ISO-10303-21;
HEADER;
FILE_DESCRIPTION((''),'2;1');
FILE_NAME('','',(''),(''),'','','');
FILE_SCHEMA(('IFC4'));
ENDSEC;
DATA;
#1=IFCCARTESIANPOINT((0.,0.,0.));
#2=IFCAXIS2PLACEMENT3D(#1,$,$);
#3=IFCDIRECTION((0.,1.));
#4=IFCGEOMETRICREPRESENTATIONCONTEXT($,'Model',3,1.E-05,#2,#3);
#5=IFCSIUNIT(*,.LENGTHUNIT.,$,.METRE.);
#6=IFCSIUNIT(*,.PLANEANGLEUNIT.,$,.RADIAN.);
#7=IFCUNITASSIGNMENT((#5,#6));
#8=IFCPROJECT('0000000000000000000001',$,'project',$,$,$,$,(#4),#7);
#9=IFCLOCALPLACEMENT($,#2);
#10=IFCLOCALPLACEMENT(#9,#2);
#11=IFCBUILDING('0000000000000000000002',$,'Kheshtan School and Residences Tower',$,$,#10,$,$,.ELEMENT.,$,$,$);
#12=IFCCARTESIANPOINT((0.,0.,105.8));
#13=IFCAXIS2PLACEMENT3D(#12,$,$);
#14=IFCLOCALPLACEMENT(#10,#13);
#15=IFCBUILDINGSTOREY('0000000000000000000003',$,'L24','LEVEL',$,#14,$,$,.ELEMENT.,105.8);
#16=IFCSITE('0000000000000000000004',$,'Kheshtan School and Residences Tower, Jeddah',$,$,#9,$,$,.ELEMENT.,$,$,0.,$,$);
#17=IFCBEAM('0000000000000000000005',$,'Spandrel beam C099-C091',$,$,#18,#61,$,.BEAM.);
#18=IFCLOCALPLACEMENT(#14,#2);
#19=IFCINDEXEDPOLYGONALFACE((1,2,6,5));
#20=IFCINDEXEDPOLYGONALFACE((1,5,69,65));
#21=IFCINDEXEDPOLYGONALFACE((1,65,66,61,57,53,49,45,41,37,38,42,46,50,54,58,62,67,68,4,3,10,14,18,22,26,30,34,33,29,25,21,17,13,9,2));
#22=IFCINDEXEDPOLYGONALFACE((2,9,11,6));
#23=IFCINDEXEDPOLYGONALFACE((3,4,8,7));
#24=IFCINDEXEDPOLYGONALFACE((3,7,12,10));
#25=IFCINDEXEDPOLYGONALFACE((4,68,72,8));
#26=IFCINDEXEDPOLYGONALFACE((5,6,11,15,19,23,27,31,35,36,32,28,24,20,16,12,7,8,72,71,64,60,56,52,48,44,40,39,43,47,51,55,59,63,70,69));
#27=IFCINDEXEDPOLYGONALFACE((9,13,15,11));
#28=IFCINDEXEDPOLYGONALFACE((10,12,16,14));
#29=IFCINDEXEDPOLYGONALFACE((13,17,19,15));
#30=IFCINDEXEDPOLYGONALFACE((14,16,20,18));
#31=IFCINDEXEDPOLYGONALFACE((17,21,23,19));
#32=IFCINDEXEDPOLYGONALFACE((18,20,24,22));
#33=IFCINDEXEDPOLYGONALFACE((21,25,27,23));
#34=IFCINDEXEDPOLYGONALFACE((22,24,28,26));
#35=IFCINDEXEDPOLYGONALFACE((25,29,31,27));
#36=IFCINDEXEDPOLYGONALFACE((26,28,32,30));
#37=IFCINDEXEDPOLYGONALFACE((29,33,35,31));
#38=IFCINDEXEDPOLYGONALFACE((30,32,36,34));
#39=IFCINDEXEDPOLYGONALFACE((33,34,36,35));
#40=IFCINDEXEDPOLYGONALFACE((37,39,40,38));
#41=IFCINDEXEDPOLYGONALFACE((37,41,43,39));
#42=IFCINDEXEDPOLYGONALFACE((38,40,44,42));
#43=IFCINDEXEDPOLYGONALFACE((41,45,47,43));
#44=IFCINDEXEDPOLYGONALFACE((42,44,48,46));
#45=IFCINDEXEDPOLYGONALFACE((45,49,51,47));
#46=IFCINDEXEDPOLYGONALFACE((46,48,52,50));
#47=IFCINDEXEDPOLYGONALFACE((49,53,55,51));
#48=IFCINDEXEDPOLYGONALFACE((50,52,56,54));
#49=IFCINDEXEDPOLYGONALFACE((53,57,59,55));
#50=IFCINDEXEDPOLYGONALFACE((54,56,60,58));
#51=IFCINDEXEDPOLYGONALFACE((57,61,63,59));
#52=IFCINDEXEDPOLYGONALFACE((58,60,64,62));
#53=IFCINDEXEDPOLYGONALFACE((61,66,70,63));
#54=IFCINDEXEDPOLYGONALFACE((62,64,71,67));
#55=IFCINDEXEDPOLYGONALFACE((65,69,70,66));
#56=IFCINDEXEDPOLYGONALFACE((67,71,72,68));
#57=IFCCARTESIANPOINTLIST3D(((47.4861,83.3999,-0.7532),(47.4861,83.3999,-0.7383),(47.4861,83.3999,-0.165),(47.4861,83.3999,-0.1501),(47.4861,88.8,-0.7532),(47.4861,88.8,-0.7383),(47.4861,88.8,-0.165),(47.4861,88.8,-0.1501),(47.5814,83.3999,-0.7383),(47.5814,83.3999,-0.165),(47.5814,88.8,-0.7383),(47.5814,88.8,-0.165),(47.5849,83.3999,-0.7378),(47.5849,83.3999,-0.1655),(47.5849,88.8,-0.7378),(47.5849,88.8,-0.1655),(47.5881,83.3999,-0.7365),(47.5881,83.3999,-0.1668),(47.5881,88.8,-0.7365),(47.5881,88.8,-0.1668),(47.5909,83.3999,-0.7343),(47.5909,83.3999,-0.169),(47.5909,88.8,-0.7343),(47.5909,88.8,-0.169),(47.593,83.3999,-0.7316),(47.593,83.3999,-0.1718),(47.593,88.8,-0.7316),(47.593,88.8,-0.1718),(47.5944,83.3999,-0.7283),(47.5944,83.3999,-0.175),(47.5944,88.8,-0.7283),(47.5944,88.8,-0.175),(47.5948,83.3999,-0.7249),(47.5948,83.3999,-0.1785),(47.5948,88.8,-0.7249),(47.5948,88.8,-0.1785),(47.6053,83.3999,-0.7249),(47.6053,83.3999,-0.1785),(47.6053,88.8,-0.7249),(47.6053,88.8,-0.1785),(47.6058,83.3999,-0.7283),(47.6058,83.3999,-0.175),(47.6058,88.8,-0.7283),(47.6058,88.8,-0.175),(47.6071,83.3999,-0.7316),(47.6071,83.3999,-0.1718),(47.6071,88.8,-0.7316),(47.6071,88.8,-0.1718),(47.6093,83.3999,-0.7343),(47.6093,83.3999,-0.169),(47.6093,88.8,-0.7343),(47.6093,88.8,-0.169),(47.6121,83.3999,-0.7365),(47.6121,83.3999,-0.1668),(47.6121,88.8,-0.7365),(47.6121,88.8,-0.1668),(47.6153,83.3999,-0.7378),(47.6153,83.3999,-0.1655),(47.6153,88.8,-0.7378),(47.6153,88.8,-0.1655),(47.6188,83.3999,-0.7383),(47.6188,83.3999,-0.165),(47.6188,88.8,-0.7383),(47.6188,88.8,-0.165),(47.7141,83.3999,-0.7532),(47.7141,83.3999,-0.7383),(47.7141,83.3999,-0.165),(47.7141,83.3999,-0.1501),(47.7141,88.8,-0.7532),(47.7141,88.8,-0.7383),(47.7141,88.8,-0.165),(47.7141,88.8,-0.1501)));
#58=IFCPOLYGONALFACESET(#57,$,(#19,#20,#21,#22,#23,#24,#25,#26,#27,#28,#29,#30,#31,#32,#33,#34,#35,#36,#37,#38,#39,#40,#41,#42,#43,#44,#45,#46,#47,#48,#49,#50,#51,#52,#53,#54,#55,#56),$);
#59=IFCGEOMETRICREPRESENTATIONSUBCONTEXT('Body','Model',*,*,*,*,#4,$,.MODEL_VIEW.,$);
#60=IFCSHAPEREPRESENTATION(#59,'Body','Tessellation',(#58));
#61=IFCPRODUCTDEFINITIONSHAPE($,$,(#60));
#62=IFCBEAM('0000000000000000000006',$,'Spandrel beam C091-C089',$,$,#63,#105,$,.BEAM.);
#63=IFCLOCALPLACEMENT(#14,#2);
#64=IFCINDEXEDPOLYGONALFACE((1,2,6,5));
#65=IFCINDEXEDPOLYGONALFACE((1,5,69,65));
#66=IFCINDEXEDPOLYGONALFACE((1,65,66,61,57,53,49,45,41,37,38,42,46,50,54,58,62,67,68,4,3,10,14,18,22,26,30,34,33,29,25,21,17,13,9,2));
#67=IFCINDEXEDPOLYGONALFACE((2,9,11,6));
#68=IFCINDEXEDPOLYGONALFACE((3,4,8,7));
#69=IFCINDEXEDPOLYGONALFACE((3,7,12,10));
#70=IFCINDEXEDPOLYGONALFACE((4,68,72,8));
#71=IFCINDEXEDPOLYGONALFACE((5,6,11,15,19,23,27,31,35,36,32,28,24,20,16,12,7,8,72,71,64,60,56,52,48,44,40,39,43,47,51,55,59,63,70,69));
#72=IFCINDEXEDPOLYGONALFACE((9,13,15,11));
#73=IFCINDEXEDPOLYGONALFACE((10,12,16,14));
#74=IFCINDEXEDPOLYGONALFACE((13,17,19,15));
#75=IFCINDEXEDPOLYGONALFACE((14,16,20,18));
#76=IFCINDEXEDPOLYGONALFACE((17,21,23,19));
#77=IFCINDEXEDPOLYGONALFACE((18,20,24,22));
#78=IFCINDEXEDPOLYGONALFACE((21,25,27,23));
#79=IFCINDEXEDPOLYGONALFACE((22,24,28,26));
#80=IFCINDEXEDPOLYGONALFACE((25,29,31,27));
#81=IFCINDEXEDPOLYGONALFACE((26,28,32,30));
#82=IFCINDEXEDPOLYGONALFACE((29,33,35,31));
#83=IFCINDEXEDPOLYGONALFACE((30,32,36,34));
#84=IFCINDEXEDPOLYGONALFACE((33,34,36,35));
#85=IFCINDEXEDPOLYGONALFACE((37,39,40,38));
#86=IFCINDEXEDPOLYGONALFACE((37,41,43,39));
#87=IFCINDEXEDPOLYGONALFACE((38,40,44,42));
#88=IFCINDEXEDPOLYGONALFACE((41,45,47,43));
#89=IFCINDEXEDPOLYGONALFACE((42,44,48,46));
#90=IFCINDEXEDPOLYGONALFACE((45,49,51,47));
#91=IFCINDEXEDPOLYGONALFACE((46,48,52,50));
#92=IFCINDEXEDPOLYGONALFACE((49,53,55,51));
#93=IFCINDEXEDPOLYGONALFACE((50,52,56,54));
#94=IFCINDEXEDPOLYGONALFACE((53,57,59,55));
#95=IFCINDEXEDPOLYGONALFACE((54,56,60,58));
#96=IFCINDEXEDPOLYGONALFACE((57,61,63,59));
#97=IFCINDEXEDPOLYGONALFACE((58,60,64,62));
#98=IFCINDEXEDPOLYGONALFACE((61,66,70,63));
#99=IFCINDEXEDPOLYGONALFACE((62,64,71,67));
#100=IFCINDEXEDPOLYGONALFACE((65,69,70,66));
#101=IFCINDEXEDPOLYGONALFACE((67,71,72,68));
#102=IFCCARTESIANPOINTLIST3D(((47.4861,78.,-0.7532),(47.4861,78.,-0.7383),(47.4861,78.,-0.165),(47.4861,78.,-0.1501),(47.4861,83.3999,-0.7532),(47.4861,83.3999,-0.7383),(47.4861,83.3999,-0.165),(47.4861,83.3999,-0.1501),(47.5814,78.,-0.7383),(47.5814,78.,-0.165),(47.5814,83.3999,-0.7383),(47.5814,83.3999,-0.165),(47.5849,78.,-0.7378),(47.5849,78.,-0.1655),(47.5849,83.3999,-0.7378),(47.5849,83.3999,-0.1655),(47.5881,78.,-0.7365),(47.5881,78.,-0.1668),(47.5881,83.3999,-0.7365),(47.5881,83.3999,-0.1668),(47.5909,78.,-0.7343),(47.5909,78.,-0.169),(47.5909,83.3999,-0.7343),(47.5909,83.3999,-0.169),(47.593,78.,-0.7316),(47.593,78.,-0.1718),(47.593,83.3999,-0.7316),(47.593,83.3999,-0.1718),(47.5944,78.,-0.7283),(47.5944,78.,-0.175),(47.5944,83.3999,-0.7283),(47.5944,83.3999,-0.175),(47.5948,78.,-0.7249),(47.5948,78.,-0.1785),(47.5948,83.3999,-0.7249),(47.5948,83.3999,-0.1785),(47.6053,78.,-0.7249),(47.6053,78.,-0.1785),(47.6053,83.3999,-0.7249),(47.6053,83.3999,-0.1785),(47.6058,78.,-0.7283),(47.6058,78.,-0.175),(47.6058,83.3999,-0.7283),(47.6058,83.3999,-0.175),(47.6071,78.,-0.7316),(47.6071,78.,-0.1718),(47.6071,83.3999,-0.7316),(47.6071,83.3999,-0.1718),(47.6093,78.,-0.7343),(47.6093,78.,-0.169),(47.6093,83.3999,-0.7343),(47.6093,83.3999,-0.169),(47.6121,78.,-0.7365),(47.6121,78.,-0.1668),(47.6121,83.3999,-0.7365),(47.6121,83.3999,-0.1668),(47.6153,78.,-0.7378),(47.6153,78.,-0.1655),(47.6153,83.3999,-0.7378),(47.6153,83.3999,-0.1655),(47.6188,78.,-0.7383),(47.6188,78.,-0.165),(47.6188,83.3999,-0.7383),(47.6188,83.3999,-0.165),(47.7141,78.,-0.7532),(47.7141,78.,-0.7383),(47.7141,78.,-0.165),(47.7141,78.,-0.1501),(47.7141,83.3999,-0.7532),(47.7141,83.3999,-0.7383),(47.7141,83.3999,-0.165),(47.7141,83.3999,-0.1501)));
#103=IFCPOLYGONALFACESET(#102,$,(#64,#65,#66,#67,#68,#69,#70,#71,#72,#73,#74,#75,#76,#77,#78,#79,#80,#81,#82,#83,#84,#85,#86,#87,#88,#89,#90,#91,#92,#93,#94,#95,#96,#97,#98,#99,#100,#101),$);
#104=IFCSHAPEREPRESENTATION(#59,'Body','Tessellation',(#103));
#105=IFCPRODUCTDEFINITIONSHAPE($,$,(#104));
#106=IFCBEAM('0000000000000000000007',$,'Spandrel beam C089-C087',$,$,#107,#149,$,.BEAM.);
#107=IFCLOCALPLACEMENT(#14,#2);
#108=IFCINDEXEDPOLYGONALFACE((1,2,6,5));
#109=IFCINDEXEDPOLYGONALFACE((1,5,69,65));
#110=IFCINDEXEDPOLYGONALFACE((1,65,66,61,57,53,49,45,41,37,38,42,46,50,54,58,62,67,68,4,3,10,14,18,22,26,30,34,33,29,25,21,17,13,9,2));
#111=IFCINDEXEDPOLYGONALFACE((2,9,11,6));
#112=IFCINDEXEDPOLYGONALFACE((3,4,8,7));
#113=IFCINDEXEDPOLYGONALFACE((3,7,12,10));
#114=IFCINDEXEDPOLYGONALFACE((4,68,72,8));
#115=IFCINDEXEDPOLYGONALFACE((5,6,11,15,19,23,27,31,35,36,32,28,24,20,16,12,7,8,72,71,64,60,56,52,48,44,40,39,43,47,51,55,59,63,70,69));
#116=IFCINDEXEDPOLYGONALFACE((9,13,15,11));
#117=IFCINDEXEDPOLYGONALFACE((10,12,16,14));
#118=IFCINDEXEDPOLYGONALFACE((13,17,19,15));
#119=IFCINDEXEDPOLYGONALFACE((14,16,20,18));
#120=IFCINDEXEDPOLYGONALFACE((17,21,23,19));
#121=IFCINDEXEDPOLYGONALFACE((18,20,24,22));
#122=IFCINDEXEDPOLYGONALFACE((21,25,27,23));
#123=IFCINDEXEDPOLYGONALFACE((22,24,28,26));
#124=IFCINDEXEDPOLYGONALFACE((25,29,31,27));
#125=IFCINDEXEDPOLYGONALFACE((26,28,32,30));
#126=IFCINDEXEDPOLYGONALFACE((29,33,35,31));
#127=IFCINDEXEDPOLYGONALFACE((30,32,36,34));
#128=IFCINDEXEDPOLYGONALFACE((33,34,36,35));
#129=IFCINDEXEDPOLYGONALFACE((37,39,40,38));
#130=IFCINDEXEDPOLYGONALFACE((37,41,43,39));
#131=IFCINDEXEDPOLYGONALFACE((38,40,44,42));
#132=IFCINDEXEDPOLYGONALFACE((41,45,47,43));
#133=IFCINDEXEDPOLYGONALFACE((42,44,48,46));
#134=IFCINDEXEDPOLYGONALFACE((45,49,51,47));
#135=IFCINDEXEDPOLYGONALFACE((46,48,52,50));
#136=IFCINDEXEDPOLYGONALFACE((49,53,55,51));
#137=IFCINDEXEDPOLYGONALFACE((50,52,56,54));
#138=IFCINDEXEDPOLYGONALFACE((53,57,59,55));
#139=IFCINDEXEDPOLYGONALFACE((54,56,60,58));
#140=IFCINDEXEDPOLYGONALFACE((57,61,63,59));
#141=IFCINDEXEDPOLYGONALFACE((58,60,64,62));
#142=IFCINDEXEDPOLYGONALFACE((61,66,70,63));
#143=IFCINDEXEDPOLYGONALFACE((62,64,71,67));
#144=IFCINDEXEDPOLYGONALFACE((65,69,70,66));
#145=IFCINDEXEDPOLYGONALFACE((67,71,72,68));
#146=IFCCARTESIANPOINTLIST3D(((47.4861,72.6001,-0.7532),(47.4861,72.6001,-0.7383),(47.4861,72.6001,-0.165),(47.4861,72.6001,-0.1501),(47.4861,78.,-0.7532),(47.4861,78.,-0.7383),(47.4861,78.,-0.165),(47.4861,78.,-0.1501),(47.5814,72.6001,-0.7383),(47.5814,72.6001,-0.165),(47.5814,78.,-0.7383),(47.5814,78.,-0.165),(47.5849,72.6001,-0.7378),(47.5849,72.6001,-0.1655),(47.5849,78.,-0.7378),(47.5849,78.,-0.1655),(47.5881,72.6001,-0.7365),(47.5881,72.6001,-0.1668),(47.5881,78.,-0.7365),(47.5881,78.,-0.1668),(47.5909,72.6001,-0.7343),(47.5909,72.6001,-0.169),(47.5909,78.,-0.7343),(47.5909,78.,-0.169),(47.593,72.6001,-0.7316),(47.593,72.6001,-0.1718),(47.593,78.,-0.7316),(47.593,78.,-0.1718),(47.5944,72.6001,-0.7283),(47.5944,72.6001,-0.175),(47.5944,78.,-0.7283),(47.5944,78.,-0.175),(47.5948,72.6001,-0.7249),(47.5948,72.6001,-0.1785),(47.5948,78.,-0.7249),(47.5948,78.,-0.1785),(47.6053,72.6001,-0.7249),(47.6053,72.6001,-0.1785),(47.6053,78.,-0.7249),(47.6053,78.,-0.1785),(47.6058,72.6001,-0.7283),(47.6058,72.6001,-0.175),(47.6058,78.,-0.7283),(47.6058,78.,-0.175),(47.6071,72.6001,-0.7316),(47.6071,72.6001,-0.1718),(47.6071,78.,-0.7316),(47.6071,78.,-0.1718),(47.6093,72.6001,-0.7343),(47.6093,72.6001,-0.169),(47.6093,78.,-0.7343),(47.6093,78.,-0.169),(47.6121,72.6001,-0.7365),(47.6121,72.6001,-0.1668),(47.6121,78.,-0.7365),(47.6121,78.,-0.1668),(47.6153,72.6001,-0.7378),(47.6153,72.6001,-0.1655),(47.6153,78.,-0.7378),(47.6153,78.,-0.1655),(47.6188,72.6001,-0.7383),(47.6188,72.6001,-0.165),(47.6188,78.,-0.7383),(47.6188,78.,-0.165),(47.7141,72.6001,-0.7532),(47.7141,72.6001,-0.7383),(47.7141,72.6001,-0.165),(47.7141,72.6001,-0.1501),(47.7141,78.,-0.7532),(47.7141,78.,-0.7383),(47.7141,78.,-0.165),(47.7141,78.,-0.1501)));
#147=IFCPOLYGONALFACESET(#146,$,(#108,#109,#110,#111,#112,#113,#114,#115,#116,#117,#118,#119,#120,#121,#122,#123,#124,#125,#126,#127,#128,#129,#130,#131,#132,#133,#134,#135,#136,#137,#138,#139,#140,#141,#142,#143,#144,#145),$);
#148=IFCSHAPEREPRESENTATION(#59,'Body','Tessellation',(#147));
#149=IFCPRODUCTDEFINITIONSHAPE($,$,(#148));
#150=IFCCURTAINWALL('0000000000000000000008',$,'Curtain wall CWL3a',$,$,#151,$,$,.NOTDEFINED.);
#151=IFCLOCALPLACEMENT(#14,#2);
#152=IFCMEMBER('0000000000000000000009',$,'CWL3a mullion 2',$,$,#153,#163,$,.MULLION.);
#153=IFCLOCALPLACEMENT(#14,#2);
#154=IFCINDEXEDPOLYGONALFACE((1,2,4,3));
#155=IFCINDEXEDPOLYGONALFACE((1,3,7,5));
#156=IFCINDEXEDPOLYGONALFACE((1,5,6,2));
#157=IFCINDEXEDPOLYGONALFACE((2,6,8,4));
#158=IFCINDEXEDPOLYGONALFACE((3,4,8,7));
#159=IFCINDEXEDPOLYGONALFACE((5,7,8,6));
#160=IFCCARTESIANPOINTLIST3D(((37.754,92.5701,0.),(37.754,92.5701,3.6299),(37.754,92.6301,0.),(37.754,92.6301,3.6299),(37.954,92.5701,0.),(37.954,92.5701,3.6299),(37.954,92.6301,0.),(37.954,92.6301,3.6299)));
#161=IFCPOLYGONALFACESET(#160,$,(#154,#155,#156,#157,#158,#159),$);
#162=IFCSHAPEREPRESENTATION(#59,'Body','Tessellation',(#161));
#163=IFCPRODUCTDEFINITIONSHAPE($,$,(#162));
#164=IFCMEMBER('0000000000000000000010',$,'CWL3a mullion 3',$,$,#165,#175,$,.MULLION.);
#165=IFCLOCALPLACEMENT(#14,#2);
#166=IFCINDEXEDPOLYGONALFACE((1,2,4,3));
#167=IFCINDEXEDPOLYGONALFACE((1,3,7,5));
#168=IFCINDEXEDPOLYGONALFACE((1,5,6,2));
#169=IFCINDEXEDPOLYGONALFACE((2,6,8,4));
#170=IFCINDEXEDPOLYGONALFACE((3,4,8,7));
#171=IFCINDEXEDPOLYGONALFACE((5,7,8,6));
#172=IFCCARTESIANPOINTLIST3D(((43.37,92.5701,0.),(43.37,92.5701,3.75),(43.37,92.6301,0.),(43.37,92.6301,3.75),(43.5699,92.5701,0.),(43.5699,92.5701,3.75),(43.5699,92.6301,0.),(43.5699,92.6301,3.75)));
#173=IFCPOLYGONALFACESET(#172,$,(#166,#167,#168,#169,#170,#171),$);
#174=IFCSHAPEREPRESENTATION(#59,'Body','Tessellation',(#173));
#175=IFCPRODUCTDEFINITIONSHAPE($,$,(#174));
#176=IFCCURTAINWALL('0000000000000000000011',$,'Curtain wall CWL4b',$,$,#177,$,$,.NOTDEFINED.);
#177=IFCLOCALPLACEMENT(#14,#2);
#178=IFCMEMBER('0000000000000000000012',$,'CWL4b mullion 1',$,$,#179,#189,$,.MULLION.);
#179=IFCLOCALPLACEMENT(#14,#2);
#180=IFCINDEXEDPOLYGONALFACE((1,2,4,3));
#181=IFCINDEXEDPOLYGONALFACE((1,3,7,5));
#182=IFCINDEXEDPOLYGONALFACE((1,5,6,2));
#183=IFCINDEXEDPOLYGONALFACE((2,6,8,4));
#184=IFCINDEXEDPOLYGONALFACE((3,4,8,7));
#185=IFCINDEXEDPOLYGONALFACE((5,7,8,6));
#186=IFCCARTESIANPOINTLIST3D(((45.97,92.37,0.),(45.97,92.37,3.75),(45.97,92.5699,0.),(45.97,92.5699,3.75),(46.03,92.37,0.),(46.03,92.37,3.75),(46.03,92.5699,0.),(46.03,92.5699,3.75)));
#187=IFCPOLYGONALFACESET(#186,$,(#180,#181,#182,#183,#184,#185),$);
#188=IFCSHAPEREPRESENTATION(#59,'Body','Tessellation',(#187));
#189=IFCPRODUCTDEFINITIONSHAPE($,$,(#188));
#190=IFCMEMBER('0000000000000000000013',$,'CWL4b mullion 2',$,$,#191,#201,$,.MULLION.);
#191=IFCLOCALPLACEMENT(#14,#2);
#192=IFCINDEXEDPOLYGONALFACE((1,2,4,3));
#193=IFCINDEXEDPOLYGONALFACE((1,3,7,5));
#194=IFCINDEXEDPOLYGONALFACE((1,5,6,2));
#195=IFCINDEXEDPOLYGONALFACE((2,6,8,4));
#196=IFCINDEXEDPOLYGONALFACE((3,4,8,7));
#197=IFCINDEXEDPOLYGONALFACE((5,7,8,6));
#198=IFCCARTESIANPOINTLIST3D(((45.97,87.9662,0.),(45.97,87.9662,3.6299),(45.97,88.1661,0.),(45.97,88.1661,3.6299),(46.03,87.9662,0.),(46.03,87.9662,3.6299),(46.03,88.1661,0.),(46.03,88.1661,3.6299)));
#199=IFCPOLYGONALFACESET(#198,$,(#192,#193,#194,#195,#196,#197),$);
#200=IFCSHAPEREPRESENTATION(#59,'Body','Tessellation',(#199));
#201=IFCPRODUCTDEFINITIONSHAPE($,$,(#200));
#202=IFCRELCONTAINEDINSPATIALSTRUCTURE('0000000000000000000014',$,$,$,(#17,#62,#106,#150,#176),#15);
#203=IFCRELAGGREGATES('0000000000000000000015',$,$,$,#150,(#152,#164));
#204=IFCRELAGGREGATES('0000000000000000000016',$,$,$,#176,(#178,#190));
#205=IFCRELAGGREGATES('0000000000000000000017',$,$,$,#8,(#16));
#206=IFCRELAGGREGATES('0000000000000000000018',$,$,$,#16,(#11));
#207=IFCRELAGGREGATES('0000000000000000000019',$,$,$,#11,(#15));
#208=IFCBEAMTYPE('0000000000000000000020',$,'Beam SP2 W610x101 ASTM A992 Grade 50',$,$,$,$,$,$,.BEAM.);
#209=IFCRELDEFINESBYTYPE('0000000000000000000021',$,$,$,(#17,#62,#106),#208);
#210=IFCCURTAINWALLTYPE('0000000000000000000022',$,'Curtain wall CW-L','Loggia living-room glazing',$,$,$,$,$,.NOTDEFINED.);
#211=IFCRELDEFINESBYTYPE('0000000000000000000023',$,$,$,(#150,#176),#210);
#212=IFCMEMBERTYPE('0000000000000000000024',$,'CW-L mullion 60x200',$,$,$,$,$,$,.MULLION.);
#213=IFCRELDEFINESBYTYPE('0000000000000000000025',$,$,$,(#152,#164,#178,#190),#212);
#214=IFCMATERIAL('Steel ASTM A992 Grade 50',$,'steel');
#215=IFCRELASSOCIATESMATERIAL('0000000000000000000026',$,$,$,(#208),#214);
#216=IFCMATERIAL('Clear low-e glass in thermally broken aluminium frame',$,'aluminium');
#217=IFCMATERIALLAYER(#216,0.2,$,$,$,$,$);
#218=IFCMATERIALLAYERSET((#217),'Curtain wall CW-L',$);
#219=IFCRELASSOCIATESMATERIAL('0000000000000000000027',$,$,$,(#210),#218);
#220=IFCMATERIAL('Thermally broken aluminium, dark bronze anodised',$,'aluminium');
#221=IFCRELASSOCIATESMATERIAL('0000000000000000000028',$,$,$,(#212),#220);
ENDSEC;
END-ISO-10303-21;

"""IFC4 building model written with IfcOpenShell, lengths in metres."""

from ifc_helpers import new_model, si_unit, direction, frame, origin, origin_2d, place, context, subcontext, project, spatial, rectangle, i_section, extrude, material, layer, layer_set, material_profile, profile_set, type_object, element, aggregate, save


model = new_model("IFC4")

# Units and contexts
model_context = context("Model", 3, precision=1e-05, world=origin(), true_north=direction((0.0, 1.0)))
body_context = subcontext(model_context, "Body", "Model", "MODEL_VIEW")
ifc_project = project(units=[si_unit("LENGTHUNIT", "METRE"), si_unit("PLANEANGLEUNIT", "RADIAN")], contexts=[model_context])

# Site, building, storey
site_placement = place(None, origin())
site = spatial("IfcSite", under=ifc_project, at=site_placement, Name="Kheshtan School and Residences Tower, Jeddah", CompositionType="ELEMENT", RefElevation=0.0)
building_placement = place(site_placement, origin())
building = spatial("IfcBuilding", under=site, at=building_placement, Name="Kheshtan School and Residences Tower", CompositionType="ELEMENT")
storey_placement = place(building_placement, frame((0.0, 0.0, 105.8)))
storey = spatial("IfcBuildingStorey", under=building, at=storey_placement, Name="L24", Description="LEVEL", CompositionType="ELEMENT", Elevation=105.8)

# Shared definitions
ifc_material_1 = material(Name="Steel ASTM A992 Grade 50", Category="steel")

# Beams
ifc_material_profile_1 = material_profile(ifc_material_1, i_section(OverallWidth=0.228, OverallDepth=0.603, WebThickness=0.0105, FlangeThickness=0.0149, FilletRadius=0.0134, at=origin_2d()), Name="W610x101")
ifc_profile_set_1 = profile_set([ifc_material_profile_1], Name="Steel ASTM A992 Grade 50")
beam_type_1 = type_object("IfcBeamType", Name="Beam SP2 W610x101 ASTM A992 Grade 50", PredefinedType="BEAM", material=ifc_profile_set_1)
beam_1_placement = place(storey_placement, frame((47.6001, 88.8, -0.4517), z_axis=(0.0, -1.0, 0.0), x_axis=(1.0, 0.0, 0.0)))
element("IfcBeam", 1, at=beam_1_placement, inside=storey, type_object=beam_type_1, Name="Spandrel beam C099-C091", PredefinedType="BEAM", context=body_context, shape_type="SweptSolid", body=[
    extrude(i_section(OverallWidth=0.228, OverallDepth=0.603, WebThickness=0.0105, FlangeThickness=0.0149, FilletRadius=0.0134, at=origin_2d()), origin(), (0.0, 0.0, 1.0), 5.4001),
])
for number, where, z_axis, x_axis, name in (
    (2, (47.6001, 83.3999, -0.4517), (0.0, -1.0, 0.0), (1.0, 0.0, 0.0), "Spandrel beam C091-C089"),
    (3, (47.6001, 78.0, -0.4517), (0.0, -1.0, 0.0), (1.0, 0.0, 0.0), "Spandrel beam C089-C087"),
):
    element("IfcBeam", number, at=place(storey_placement, frame(where, z_axis=z_axis, x_axis=x_axis)), inside=storey, type_object=beam_type_1, Name=name, PredefinedType="BEAM", context=body_context, shape_type="SweptSolid", body=[
        extrude(i_section(OverallWidth=0.228, OverallDepth=0.603, WebThickness=0.0105, FlangeThickness=0.0149, FilletRadius=0.0134, at=origin_2d()), origin(), (0.0, 0.0, 1.0), 5.3999),
    ])

# Curtain walls, members
ifc_material_2 = material(Name="Clear low-e glass in thermally broken aluminium frame", Category="aluminium")
ifc_layer_1 = layer(ifc_material_2, 0.2)
ifc_layer_set_1 = layer_set([ifc_layer_1], Name="Curtain wall CW-L")
curtain_wall_type = type_object("IfcCurtainWallType", Name="Curtain wall CW-L", Description="Loggia living-room glazing", PredefinedType="NOTDEFINED", material=ifc_layer_set_1)
curtain_wall_1_placement = place(storey_placement, origin())
curtain_wall_1 = element("IfcCurtainWall", 4, at=curtain_wall_1_placement, inside=storey, type_object=curtain_wall_type, Name="Curtain wall CWL3a", PredefinedType="NOTDEFINED")
ifc_material_3 = material(Name="Thermally broken aluminium, dark bronze anodised", Category="aluminium")
ifc_material_profile_2 = material_profile(ifc_material_3, rectangle(XDim=0.0601, YDim=0.2, at=origin_2d()), Name="CW-L mullion 60x200")
ifc_profile_set_2 = profile_set([ifc_material_profile_2], Name="Thermally broken aluminium, dark bronze anodised")
member_type_1 = type_object("IfcMemberType", Name="CW-L mullion 60x200", PredefinedType="MULLION", material=ifc_profile_set_2)
member_1_placement = place(storey_placement, frame((37.854, 92.6001, 0.0), z_axis=(0.0, 0.0, 1.0), x_axis=(0.0, 1.0, 0.0)))
member_1 = element("IfcMember", 5, at=member_1_placement, type_object=member_type_1, Name="CWL3a mullion 2", PredefinedType="MULLION", context=body_context, shape_type="SweptSolid", body=[
    extrude(rectangle(XDim=0.0601, YDim=0.2, at=origin_2d()), origin(), (0.0, 0.0, 1.0), 3.6299),
])
member_2_placement = place(storey_placement, frame((43.47, 92.6001, 0.0), z_axis=(0.0, 0.0, 1.0), x_axis=(0.0, 1.0, 0.0)))
member_2 = element("IfcMember", 6, at=member_2_placement, type_object=member_type_1, Name="CWL3a mullion 3", PredefinedType="MULLION", context=body_context, shape_type="SweptSolid", body=[
    extrude(rectangle(XDim=0.0601, YDim=0.2, at=origin_2d()), origin(), (0.0, 0.0, 1.0), 3.75),
])
curtain_wall_2_placement = place(storey_placement, origin())
curtain_wall_2 = element("IfcCurtainWall", 7, at=curtain_wall_2_placement, inside=storey, type_object=curtain_wall_type, Name="Curtain wall CWL4b", PredefinedType="NOTDEFINED")
member_3_placement = place(storey_placement, frame((46.0, 92.47, 0.0), z_axis=(0.0, 0.0, 1.0), x_axis=(1.0, 0.0, 0.0)))
member_3 = element("IfcMember", 8, at=member_3_placement, type_object=member_type_1, Name="CWL4b mullion 1", PredefinedType="MULLION", context=body_context, shape_type="SweptSolid", body=[
    extrude(rectangle(XDim=0.0601, YDim=0.2, at=origin_2d()), origin(), (0.0, 0.0, 1.0), 3.75),
])
member_4_placement = place(storey_placement, frame((46.0, 88.0662, 0.0), z_axis=(0.0, 0.0, 1.0), x_axis=(1.0, 0.0, 0.0)))
member_4 = element("IfcMember", 9, at=member_4_placement, type_object=member_type_1, Name="CWL4b mullion 2", PredefinedType="MULLION", context=body_context, shape_type="SweptSolid", body=[
    extrude(rectangle(XDim=0.0601, YDim=0.2, at=origin_2d()), origin(), (0.0, 0.0, 1.0), 3.6299),
])

aggregate(curtain_wall_1, [member_1, member_2])
aggregate(curtain_wall_2, [member_3, member_4])

save(model, "model.ifc")
